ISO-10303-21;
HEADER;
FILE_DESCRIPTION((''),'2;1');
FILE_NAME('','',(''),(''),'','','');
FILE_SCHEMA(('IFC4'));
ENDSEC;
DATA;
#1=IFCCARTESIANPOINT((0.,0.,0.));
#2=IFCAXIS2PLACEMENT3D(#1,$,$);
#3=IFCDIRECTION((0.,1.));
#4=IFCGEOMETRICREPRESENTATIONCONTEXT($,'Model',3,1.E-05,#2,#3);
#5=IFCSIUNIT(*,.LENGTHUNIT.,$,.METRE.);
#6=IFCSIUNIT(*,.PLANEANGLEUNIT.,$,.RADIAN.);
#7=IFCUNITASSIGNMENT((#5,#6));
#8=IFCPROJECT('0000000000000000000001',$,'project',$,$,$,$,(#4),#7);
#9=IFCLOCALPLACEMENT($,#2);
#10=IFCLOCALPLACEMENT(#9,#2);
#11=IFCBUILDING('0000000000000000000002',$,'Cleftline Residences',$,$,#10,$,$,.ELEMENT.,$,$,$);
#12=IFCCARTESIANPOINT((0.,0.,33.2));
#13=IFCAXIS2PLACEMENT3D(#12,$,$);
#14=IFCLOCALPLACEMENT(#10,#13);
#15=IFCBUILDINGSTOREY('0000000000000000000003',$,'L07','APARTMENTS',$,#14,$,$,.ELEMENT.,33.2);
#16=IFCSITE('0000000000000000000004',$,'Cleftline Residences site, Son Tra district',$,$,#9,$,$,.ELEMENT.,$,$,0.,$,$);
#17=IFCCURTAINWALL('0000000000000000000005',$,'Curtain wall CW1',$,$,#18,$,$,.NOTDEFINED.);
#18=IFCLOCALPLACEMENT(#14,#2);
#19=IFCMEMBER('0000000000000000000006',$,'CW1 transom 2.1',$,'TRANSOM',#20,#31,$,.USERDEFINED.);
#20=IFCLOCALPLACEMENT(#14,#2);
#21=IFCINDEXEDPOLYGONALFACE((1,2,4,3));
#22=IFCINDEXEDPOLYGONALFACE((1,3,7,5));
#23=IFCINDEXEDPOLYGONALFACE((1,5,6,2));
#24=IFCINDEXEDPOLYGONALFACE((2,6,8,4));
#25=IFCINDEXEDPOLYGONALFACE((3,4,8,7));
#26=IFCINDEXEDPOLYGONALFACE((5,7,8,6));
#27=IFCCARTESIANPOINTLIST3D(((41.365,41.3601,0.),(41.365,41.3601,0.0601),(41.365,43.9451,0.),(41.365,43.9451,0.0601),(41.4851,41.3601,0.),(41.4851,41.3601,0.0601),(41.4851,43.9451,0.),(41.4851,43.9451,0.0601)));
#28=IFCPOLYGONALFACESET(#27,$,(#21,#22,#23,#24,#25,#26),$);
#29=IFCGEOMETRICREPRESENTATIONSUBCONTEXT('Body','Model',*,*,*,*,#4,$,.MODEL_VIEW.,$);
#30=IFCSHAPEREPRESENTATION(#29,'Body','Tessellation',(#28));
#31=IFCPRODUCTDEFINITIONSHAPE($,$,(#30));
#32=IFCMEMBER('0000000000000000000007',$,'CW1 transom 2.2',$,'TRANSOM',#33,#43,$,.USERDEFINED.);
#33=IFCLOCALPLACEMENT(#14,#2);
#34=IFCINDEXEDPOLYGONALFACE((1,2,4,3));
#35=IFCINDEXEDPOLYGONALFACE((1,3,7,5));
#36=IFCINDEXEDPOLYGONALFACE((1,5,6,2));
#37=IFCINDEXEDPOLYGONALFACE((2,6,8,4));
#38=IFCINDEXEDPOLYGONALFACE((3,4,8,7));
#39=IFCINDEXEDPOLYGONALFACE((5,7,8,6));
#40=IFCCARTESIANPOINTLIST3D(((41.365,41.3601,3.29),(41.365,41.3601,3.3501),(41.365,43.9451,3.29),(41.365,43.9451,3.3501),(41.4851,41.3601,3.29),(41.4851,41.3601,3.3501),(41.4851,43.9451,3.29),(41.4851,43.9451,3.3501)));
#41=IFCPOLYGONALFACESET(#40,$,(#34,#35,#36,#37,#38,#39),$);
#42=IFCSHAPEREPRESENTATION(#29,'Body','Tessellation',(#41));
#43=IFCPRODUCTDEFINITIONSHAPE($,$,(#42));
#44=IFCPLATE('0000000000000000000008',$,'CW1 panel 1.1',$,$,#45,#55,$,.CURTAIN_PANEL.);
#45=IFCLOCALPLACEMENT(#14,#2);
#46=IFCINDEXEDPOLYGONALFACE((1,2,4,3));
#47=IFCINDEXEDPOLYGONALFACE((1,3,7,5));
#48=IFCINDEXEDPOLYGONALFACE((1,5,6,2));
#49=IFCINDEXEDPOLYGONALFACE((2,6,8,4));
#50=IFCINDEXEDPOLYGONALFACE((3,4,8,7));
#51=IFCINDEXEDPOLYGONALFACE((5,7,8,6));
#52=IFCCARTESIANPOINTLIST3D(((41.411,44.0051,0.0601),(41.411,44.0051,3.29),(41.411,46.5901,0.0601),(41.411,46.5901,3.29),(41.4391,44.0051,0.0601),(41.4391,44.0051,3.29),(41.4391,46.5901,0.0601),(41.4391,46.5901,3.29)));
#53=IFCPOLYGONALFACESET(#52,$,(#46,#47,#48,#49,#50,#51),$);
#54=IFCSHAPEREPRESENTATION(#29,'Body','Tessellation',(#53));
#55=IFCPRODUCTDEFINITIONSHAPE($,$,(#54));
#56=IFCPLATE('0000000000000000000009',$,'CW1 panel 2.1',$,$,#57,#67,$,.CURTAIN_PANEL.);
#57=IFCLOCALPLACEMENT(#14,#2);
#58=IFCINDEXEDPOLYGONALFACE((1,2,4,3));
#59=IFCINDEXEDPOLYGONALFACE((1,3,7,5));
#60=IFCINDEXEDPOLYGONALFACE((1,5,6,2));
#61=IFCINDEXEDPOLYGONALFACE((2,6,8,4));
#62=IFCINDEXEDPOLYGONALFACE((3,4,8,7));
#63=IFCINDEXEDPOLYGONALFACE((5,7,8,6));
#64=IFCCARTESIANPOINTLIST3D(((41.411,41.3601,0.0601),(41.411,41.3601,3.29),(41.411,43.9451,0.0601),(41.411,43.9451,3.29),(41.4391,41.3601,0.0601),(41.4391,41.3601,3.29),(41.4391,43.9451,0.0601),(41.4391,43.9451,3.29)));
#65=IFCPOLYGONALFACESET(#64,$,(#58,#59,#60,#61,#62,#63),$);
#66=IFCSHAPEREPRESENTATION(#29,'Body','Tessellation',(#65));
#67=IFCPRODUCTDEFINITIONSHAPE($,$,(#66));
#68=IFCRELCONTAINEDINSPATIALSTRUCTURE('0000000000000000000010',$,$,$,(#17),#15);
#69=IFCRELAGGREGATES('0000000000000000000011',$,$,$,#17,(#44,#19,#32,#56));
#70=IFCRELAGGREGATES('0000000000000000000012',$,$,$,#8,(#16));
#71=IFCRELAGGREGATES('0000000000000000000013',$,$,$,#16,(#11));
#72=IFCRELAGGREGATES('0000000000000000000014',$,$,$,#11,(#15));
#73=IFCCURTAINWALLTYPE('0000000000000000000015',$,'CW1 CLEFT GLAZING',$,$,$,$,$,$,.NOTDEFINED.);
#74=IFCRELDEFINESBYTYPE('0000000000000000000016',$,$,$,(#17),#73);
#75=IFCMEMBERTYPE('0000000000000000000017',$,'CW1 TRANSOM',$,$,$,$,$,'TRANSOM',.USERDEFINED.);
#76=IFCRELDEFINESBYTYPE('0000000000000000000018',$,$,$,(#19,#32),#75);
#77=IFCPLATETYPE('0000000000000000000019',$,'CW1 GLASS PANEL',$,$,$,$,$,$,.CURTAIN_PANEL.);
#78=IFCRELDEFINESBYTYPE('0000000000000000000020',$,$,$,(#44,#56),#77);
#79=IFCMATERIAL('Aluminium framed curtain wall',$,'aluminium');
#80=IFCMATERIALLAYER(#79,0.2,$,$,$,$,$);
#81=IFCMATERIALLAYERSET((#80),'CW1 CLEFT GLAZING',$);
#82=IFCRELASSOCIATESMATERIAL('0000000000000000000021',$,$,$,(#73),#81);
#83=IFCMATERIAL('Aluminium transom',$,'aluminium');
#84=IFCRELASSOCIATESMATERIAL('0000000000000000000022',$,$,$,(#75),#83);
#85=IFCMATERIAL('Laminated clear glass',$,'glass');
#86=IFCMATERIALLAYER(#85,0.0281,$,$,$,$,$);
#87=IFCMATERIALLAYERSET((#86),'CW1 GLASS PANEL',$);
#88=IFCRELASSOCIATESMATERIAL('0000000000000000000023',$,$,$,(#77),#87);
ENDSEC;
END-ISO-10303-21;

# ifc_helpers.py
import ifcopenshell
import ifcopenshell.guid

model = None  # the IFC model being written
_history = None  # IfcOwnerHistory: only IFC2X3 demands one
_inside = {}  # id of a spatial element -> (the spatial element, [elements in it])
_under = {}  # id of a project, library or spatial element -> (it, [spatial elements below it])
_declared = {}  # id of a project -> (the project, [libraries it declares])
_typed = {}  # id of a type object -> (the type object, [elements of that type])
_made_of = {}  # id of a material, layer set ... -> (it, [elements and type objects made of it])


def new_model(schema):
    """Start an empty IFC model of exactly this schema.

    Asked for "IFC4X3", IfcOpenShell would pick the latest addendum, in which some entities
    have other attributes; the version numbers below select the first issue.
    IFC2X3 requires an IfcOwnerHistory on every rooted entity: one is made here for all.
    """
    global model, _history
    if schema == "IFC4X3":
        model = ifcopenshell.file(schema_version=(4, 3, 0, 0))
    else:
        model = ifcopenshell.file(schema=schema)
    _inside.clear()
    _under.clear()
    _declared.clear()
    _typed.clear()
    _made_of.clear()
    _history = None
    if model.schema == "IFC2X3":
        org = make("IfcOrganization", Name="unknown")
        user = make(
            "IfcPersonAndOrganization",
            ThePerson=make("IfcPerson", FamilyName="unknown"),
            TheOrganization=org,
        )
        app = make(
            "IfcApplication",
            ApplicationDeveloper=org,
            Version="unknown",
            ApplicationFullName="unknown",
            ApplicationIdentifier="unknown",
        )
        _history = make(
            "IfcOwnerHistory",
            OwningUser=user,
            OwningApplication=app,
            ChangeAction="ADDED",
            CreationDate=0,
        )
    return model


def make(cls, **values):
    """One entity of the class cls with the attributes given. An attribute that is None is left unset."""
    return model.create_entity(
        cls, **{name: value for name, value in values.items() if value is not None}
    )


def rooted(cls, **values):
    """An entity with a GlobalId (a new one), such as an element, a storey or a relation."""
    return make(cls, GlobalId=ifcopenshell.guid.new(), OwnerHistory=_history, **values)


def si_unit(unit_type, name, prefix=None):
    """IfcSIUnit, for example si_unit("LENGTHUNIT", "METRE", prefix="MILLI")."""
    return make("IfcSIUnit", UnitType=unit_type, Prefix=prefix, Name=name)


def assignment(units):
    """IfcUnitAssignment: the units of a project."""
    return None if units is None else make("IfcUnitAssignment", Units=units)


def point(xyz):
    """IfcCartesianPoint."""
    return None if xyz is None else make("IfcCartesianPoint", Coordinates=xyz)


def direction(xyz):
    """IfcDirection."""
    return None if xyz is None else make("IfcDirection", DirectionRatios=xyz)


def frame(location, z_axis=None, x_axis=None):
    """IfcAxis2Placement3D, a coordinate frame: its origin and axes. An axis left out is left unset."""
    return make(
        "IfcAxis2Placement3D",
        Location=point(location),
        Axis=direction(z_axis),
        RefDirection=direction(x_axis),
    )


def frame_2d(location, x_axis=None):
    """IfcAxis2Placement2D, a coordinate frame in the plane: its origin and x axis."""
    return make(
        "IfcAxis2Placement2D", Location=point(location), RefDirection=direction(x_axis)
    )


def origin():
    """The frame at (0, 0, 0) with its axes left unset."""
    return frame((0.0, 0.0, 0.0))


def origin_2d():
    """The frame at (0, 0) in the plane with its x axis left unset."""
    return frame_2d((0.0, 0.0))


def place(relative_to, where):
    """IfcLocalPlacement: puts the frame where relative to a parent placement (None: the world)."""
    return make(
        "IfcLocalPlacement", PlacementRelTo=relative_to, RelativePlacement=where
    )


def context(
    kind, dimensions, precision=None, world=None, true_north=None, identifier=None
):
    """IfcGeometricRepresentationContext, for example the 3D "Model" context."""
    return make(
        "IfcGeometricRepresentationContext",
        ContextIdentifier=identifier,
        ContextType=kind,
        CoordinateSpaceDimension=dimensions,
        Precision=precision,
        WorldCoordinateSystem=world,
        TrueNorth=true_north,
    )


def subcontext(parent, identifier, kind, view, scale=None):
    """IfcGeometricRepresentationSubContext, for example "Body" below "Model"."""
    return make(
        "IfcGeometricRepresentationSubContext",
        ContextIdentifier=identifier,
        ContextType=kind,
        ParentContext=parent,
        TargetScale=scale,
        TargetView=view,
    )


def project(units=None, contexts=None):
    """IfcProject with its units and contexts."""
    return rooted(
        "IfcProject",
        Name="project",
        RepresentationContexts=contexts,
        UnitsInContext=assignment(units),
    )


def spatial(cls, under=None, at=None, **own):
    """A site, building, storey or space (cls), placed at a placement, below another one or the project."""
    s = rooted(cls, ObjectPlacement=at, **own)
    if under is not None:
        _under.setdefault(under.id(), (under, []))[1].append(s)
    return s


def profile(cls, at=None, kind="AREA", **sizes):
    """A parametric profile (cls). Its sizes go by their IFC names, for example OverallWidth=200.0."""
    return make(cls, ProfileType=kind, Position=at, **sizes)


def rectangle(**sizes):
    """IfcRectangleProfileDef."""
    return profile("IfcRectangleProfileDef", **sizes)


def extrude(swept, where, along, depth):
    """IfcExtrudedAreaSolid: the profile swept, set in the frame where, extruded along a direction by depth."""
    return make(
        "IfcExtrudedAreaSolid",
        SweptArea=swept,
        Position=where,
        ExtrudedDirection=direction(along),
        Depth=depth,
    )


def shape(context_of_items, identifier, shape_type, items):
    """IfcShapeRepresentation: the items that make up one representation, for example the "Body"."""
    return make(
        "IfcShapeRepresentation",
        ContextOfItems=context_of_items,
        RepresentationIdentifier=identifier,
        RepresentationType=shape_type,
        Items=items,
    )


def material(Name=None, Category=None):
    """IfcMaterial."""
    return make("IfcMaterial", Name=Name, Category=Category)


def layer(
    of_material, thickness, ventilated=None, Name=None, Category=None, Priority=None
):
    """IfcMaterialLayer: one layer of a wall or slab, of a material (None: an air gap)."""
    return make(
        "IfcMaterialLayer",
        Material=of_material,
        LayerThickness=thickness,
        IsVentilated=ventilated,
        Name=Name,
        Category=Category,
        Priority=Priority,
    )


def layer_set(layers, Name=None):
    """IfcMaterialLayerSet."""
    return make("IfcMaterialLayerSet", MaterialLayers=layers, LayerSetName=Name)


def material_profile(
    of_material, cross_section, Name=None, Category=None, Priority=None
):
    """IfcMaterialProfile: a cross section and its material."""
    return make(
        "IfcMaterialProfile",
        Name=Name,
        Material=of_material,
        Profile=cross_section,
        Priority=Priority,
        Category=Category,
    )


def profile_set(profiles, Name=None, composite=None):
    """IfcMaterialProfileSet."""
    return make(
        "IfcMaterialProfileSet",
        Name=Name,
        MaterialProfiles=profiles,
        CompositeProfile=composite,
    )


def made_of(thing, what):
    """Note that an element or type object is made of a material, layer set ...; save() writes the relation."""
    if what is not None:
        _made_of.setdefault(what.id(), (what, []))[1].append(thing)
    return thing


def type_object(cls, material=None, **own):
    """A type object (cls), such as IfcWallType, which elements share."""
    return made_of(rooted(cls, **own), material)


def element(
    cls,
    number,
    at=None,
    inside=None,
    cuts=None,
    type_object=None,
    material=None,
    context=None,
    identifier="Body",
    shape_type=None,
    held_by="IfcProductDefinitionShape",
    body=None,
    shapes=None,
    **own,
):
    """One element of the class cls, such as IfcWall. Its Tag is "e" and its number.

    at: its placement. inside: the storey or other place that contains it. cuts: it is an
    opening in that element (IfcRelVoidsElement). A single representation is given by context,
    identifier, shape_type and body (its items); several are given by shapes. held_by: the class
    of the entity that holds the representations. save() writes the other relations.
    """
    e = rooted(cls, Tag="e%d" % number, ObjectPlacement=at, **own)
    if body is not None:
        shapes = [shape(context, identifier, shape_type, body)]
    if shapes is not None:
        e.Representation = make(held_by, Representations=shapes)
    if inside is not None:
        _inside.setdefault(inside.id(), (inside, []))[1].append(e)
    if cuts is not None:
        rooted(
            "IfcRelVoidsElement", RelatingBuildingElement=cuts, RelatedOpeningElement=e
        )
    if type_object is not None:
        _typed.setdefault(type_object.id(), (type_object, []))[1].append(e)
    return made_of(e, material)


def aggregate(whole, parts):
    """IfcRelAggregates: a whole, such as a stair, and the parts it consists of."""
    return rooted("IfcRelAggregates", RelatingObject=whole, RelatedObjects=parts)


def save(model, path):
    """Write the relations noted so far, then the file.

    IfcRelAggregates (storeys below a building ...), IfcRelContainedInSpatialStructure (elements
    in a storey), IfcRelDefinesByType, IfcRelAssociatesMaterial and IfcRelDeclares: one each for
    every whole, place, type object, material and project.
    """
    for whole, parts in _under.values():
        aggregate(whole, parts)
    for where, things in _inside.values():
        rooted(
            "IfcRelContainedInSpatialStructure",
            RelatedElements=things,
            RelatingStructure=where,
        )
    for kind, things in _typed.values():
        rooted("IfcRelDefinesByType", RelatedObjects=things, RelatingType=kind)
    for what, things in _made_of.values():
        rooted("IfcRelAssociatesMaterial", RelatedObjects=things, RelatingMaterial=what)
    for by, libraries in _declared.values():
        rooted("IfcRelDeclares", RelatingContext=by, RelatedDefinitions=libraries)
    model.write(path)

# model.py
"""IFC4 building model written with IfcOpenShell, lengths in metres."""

from ifc_helpers import new_model, si_unit, direction, frame, origin, origin_2d, place, context, subcontext, project, spatial, rectangle, extrude, material, layer, layer_set, material_profile, profile_set, type_object, element, aggregate, save


model = new_model("IFC4")

# Units and contexts
model_context = context("Model", 3, precision=1e-05, world=origin(), true_north=direction((0.0, 1.0)))
body_context = subcontext(model_context, "Body", "Model", "MODEL_VIEW")
ifc_project = project(units=[si_unit("LENGTHUNIT", "METRE"), si_unit("PLANEANGLEUNIT", "RADIAN")], contexts=[model_context])

# Site, building, storey
site_placement = place(None, origin())
site = spatial("IfcSite", under=ifc_project, at=site_placement, Name="Cleftline Residences site, Son Tra district", CompositionType="ELEMENT", RefElevation=0.0)
building_placement = place(site_placement, origin())
building = spatial("IfcBuilding", under=site, at=building_placement, Name="Cleftline Residences", CompositionType="ELEMENT")
storey_placement = place(building_placement, frame((0.0, 0.0, 33.2)))
storey = spatial("IfcBuildingStorey", under=building, at=storey_placement, Name="L07", Description="APARTMENTS", CompositionType="ELEMENT", Elevation=33.2)

# Curtain wall, members, plates
ifc_material_1 = material(Name="Aluminium framed curtain wall", Category="aluminium")
ifc_layer_1 = layer(ifc_material_1, 0.2)
ifc_layer_set_1 = layer_set([ifc_layer_1], Name="CW1 CLEFT GLAZING")
curtain_wall_type = type_object("IfcCurtainWallType", Name="CW1 CLEFT GLAZING", PredefinedType="NOTDEFINED", material=ifc_layer_set_1)
curtain_wall_placement = place(storey_placement, origin())
curtain_wall = element("IfcCurtainWall", 1, at=curtain_wall_placement, inside=storey, type_object=curtain_wall_type, Name="Curtain wall CW1", PredefinedType="NOTDEFINED")
ifc_material_2 = material(Name="Aluminium transom", Category="aluminium")
ifc_material_profile_1 = material_profile(ifc_material_2, rectangle(XDim=0.1201, YDim=0.0601, at=origin_2d()))
ifc_profile_set_1 = profile_set([ifc_material_profile_1], Name="Aluminium transom")
member_type_1 = type_object("IfcMemberType", Name="CW1 TRANSOM", ElementType="TRANSOM", PredefinedType="USERDEFINED", material=ifc_profile_set_1)
member_1_placement = place(storey_placement, frame((41.425, 43.9451, 0.03), z_axis=(0.0, -1.0, 0.0), x_axis=(1.0, 0.0, 0.0)))
member_1 = element("IfcMember", 2, at=member_1_placement, type_object=member_type_1, Name="CW1 transom 2.1", ObjectType="TRANSOM", PredefinedType="USERDEFINED", context=body_context, shape_type="SweptSolid", body=[
    extrude(rectangle(XDim=0.1201, YDim=0.0601, at=origin_2d()), origin(), (0.0, 0.0, 1.0), 2.585),
])
member_2_placement = place(storey_placement, frame((41.425, 43.9451, 3.3201), z_axis=(0.0, -1.0, 0.0), x_axis=(1.0, 0.0, 0.0)))
member_2 = element("IfcMember", 3, at=member_2_placement, type_object=member_type_1, Name="CW1 transom 2.2", ObjectType="TRANSOM", PredefinedType="USERDEFINED", context=body_context, shape_type="SweptSolid", body=[
    extrude(rectangle(XDim=0.1201, YDim=0.0601, at=origin_2d()), origin(), (0.0, 0.0, 1.0), 2.585),
])
ifc_material_3 = material(Name="Laminated clear glass", Category="glass")
ifc_layer_2 = layer(ifc_material_3, 0.0281)
ifc_layer_set_2 = layer_set([ifc_layer_2], Name="CW1 GLASS PANEL")
plate_type = type_object("IfcPlateType", Name="CW1 GLASS PANEL", PredefinedType="CURTAIN_PANEL", material=ifc_layer_set_2)
plate_1_placement = place(storey_placement, frame((41.425, 45.2976, 0.0601), z_axis=(0.0, 0.0, 1.0), x_axis=(0.0, -1.0, 0.0)))
plate_1 = element("IfcPlate", 4, at=plate_1_placement, type_object=plate_type, Name="CW1 panel 1.1", PredefinedType="CURTAIN_PANEL", context=body_context, shape_type="SweptSolid", body=[
    extrude(rectangle(XDim=2.585, YDim=0.0281, at=origin_2d()), origin(), (0.0, 0.0, 1.0), 3.23),
])
plate_2_placement = place(storey_placement, frame((41.425, 42.6526, 0.0601), z_axis=(0.0, 0.0, 1.0), x_axis=(0.0, -1.0, 0.0)))
plate_2 = element("IfcPlate", 5, at=plate_2_placement, type_object=plate_type, Name="CW1 panel 2.1", PredefinedType="CURTAIN_PANEL", context=body_context, shape_type="SweptSolid", body=[
    extrude(rectangle(XDim=2.585, YDim=0.0281, at=origin_2d()), origin(), (0.0, 0.0, 1.0), 3.23),
])
aggregate(curtain_wall, [plate_1, member_1, member_2, plate_2])

save(model, "model.ifc")
